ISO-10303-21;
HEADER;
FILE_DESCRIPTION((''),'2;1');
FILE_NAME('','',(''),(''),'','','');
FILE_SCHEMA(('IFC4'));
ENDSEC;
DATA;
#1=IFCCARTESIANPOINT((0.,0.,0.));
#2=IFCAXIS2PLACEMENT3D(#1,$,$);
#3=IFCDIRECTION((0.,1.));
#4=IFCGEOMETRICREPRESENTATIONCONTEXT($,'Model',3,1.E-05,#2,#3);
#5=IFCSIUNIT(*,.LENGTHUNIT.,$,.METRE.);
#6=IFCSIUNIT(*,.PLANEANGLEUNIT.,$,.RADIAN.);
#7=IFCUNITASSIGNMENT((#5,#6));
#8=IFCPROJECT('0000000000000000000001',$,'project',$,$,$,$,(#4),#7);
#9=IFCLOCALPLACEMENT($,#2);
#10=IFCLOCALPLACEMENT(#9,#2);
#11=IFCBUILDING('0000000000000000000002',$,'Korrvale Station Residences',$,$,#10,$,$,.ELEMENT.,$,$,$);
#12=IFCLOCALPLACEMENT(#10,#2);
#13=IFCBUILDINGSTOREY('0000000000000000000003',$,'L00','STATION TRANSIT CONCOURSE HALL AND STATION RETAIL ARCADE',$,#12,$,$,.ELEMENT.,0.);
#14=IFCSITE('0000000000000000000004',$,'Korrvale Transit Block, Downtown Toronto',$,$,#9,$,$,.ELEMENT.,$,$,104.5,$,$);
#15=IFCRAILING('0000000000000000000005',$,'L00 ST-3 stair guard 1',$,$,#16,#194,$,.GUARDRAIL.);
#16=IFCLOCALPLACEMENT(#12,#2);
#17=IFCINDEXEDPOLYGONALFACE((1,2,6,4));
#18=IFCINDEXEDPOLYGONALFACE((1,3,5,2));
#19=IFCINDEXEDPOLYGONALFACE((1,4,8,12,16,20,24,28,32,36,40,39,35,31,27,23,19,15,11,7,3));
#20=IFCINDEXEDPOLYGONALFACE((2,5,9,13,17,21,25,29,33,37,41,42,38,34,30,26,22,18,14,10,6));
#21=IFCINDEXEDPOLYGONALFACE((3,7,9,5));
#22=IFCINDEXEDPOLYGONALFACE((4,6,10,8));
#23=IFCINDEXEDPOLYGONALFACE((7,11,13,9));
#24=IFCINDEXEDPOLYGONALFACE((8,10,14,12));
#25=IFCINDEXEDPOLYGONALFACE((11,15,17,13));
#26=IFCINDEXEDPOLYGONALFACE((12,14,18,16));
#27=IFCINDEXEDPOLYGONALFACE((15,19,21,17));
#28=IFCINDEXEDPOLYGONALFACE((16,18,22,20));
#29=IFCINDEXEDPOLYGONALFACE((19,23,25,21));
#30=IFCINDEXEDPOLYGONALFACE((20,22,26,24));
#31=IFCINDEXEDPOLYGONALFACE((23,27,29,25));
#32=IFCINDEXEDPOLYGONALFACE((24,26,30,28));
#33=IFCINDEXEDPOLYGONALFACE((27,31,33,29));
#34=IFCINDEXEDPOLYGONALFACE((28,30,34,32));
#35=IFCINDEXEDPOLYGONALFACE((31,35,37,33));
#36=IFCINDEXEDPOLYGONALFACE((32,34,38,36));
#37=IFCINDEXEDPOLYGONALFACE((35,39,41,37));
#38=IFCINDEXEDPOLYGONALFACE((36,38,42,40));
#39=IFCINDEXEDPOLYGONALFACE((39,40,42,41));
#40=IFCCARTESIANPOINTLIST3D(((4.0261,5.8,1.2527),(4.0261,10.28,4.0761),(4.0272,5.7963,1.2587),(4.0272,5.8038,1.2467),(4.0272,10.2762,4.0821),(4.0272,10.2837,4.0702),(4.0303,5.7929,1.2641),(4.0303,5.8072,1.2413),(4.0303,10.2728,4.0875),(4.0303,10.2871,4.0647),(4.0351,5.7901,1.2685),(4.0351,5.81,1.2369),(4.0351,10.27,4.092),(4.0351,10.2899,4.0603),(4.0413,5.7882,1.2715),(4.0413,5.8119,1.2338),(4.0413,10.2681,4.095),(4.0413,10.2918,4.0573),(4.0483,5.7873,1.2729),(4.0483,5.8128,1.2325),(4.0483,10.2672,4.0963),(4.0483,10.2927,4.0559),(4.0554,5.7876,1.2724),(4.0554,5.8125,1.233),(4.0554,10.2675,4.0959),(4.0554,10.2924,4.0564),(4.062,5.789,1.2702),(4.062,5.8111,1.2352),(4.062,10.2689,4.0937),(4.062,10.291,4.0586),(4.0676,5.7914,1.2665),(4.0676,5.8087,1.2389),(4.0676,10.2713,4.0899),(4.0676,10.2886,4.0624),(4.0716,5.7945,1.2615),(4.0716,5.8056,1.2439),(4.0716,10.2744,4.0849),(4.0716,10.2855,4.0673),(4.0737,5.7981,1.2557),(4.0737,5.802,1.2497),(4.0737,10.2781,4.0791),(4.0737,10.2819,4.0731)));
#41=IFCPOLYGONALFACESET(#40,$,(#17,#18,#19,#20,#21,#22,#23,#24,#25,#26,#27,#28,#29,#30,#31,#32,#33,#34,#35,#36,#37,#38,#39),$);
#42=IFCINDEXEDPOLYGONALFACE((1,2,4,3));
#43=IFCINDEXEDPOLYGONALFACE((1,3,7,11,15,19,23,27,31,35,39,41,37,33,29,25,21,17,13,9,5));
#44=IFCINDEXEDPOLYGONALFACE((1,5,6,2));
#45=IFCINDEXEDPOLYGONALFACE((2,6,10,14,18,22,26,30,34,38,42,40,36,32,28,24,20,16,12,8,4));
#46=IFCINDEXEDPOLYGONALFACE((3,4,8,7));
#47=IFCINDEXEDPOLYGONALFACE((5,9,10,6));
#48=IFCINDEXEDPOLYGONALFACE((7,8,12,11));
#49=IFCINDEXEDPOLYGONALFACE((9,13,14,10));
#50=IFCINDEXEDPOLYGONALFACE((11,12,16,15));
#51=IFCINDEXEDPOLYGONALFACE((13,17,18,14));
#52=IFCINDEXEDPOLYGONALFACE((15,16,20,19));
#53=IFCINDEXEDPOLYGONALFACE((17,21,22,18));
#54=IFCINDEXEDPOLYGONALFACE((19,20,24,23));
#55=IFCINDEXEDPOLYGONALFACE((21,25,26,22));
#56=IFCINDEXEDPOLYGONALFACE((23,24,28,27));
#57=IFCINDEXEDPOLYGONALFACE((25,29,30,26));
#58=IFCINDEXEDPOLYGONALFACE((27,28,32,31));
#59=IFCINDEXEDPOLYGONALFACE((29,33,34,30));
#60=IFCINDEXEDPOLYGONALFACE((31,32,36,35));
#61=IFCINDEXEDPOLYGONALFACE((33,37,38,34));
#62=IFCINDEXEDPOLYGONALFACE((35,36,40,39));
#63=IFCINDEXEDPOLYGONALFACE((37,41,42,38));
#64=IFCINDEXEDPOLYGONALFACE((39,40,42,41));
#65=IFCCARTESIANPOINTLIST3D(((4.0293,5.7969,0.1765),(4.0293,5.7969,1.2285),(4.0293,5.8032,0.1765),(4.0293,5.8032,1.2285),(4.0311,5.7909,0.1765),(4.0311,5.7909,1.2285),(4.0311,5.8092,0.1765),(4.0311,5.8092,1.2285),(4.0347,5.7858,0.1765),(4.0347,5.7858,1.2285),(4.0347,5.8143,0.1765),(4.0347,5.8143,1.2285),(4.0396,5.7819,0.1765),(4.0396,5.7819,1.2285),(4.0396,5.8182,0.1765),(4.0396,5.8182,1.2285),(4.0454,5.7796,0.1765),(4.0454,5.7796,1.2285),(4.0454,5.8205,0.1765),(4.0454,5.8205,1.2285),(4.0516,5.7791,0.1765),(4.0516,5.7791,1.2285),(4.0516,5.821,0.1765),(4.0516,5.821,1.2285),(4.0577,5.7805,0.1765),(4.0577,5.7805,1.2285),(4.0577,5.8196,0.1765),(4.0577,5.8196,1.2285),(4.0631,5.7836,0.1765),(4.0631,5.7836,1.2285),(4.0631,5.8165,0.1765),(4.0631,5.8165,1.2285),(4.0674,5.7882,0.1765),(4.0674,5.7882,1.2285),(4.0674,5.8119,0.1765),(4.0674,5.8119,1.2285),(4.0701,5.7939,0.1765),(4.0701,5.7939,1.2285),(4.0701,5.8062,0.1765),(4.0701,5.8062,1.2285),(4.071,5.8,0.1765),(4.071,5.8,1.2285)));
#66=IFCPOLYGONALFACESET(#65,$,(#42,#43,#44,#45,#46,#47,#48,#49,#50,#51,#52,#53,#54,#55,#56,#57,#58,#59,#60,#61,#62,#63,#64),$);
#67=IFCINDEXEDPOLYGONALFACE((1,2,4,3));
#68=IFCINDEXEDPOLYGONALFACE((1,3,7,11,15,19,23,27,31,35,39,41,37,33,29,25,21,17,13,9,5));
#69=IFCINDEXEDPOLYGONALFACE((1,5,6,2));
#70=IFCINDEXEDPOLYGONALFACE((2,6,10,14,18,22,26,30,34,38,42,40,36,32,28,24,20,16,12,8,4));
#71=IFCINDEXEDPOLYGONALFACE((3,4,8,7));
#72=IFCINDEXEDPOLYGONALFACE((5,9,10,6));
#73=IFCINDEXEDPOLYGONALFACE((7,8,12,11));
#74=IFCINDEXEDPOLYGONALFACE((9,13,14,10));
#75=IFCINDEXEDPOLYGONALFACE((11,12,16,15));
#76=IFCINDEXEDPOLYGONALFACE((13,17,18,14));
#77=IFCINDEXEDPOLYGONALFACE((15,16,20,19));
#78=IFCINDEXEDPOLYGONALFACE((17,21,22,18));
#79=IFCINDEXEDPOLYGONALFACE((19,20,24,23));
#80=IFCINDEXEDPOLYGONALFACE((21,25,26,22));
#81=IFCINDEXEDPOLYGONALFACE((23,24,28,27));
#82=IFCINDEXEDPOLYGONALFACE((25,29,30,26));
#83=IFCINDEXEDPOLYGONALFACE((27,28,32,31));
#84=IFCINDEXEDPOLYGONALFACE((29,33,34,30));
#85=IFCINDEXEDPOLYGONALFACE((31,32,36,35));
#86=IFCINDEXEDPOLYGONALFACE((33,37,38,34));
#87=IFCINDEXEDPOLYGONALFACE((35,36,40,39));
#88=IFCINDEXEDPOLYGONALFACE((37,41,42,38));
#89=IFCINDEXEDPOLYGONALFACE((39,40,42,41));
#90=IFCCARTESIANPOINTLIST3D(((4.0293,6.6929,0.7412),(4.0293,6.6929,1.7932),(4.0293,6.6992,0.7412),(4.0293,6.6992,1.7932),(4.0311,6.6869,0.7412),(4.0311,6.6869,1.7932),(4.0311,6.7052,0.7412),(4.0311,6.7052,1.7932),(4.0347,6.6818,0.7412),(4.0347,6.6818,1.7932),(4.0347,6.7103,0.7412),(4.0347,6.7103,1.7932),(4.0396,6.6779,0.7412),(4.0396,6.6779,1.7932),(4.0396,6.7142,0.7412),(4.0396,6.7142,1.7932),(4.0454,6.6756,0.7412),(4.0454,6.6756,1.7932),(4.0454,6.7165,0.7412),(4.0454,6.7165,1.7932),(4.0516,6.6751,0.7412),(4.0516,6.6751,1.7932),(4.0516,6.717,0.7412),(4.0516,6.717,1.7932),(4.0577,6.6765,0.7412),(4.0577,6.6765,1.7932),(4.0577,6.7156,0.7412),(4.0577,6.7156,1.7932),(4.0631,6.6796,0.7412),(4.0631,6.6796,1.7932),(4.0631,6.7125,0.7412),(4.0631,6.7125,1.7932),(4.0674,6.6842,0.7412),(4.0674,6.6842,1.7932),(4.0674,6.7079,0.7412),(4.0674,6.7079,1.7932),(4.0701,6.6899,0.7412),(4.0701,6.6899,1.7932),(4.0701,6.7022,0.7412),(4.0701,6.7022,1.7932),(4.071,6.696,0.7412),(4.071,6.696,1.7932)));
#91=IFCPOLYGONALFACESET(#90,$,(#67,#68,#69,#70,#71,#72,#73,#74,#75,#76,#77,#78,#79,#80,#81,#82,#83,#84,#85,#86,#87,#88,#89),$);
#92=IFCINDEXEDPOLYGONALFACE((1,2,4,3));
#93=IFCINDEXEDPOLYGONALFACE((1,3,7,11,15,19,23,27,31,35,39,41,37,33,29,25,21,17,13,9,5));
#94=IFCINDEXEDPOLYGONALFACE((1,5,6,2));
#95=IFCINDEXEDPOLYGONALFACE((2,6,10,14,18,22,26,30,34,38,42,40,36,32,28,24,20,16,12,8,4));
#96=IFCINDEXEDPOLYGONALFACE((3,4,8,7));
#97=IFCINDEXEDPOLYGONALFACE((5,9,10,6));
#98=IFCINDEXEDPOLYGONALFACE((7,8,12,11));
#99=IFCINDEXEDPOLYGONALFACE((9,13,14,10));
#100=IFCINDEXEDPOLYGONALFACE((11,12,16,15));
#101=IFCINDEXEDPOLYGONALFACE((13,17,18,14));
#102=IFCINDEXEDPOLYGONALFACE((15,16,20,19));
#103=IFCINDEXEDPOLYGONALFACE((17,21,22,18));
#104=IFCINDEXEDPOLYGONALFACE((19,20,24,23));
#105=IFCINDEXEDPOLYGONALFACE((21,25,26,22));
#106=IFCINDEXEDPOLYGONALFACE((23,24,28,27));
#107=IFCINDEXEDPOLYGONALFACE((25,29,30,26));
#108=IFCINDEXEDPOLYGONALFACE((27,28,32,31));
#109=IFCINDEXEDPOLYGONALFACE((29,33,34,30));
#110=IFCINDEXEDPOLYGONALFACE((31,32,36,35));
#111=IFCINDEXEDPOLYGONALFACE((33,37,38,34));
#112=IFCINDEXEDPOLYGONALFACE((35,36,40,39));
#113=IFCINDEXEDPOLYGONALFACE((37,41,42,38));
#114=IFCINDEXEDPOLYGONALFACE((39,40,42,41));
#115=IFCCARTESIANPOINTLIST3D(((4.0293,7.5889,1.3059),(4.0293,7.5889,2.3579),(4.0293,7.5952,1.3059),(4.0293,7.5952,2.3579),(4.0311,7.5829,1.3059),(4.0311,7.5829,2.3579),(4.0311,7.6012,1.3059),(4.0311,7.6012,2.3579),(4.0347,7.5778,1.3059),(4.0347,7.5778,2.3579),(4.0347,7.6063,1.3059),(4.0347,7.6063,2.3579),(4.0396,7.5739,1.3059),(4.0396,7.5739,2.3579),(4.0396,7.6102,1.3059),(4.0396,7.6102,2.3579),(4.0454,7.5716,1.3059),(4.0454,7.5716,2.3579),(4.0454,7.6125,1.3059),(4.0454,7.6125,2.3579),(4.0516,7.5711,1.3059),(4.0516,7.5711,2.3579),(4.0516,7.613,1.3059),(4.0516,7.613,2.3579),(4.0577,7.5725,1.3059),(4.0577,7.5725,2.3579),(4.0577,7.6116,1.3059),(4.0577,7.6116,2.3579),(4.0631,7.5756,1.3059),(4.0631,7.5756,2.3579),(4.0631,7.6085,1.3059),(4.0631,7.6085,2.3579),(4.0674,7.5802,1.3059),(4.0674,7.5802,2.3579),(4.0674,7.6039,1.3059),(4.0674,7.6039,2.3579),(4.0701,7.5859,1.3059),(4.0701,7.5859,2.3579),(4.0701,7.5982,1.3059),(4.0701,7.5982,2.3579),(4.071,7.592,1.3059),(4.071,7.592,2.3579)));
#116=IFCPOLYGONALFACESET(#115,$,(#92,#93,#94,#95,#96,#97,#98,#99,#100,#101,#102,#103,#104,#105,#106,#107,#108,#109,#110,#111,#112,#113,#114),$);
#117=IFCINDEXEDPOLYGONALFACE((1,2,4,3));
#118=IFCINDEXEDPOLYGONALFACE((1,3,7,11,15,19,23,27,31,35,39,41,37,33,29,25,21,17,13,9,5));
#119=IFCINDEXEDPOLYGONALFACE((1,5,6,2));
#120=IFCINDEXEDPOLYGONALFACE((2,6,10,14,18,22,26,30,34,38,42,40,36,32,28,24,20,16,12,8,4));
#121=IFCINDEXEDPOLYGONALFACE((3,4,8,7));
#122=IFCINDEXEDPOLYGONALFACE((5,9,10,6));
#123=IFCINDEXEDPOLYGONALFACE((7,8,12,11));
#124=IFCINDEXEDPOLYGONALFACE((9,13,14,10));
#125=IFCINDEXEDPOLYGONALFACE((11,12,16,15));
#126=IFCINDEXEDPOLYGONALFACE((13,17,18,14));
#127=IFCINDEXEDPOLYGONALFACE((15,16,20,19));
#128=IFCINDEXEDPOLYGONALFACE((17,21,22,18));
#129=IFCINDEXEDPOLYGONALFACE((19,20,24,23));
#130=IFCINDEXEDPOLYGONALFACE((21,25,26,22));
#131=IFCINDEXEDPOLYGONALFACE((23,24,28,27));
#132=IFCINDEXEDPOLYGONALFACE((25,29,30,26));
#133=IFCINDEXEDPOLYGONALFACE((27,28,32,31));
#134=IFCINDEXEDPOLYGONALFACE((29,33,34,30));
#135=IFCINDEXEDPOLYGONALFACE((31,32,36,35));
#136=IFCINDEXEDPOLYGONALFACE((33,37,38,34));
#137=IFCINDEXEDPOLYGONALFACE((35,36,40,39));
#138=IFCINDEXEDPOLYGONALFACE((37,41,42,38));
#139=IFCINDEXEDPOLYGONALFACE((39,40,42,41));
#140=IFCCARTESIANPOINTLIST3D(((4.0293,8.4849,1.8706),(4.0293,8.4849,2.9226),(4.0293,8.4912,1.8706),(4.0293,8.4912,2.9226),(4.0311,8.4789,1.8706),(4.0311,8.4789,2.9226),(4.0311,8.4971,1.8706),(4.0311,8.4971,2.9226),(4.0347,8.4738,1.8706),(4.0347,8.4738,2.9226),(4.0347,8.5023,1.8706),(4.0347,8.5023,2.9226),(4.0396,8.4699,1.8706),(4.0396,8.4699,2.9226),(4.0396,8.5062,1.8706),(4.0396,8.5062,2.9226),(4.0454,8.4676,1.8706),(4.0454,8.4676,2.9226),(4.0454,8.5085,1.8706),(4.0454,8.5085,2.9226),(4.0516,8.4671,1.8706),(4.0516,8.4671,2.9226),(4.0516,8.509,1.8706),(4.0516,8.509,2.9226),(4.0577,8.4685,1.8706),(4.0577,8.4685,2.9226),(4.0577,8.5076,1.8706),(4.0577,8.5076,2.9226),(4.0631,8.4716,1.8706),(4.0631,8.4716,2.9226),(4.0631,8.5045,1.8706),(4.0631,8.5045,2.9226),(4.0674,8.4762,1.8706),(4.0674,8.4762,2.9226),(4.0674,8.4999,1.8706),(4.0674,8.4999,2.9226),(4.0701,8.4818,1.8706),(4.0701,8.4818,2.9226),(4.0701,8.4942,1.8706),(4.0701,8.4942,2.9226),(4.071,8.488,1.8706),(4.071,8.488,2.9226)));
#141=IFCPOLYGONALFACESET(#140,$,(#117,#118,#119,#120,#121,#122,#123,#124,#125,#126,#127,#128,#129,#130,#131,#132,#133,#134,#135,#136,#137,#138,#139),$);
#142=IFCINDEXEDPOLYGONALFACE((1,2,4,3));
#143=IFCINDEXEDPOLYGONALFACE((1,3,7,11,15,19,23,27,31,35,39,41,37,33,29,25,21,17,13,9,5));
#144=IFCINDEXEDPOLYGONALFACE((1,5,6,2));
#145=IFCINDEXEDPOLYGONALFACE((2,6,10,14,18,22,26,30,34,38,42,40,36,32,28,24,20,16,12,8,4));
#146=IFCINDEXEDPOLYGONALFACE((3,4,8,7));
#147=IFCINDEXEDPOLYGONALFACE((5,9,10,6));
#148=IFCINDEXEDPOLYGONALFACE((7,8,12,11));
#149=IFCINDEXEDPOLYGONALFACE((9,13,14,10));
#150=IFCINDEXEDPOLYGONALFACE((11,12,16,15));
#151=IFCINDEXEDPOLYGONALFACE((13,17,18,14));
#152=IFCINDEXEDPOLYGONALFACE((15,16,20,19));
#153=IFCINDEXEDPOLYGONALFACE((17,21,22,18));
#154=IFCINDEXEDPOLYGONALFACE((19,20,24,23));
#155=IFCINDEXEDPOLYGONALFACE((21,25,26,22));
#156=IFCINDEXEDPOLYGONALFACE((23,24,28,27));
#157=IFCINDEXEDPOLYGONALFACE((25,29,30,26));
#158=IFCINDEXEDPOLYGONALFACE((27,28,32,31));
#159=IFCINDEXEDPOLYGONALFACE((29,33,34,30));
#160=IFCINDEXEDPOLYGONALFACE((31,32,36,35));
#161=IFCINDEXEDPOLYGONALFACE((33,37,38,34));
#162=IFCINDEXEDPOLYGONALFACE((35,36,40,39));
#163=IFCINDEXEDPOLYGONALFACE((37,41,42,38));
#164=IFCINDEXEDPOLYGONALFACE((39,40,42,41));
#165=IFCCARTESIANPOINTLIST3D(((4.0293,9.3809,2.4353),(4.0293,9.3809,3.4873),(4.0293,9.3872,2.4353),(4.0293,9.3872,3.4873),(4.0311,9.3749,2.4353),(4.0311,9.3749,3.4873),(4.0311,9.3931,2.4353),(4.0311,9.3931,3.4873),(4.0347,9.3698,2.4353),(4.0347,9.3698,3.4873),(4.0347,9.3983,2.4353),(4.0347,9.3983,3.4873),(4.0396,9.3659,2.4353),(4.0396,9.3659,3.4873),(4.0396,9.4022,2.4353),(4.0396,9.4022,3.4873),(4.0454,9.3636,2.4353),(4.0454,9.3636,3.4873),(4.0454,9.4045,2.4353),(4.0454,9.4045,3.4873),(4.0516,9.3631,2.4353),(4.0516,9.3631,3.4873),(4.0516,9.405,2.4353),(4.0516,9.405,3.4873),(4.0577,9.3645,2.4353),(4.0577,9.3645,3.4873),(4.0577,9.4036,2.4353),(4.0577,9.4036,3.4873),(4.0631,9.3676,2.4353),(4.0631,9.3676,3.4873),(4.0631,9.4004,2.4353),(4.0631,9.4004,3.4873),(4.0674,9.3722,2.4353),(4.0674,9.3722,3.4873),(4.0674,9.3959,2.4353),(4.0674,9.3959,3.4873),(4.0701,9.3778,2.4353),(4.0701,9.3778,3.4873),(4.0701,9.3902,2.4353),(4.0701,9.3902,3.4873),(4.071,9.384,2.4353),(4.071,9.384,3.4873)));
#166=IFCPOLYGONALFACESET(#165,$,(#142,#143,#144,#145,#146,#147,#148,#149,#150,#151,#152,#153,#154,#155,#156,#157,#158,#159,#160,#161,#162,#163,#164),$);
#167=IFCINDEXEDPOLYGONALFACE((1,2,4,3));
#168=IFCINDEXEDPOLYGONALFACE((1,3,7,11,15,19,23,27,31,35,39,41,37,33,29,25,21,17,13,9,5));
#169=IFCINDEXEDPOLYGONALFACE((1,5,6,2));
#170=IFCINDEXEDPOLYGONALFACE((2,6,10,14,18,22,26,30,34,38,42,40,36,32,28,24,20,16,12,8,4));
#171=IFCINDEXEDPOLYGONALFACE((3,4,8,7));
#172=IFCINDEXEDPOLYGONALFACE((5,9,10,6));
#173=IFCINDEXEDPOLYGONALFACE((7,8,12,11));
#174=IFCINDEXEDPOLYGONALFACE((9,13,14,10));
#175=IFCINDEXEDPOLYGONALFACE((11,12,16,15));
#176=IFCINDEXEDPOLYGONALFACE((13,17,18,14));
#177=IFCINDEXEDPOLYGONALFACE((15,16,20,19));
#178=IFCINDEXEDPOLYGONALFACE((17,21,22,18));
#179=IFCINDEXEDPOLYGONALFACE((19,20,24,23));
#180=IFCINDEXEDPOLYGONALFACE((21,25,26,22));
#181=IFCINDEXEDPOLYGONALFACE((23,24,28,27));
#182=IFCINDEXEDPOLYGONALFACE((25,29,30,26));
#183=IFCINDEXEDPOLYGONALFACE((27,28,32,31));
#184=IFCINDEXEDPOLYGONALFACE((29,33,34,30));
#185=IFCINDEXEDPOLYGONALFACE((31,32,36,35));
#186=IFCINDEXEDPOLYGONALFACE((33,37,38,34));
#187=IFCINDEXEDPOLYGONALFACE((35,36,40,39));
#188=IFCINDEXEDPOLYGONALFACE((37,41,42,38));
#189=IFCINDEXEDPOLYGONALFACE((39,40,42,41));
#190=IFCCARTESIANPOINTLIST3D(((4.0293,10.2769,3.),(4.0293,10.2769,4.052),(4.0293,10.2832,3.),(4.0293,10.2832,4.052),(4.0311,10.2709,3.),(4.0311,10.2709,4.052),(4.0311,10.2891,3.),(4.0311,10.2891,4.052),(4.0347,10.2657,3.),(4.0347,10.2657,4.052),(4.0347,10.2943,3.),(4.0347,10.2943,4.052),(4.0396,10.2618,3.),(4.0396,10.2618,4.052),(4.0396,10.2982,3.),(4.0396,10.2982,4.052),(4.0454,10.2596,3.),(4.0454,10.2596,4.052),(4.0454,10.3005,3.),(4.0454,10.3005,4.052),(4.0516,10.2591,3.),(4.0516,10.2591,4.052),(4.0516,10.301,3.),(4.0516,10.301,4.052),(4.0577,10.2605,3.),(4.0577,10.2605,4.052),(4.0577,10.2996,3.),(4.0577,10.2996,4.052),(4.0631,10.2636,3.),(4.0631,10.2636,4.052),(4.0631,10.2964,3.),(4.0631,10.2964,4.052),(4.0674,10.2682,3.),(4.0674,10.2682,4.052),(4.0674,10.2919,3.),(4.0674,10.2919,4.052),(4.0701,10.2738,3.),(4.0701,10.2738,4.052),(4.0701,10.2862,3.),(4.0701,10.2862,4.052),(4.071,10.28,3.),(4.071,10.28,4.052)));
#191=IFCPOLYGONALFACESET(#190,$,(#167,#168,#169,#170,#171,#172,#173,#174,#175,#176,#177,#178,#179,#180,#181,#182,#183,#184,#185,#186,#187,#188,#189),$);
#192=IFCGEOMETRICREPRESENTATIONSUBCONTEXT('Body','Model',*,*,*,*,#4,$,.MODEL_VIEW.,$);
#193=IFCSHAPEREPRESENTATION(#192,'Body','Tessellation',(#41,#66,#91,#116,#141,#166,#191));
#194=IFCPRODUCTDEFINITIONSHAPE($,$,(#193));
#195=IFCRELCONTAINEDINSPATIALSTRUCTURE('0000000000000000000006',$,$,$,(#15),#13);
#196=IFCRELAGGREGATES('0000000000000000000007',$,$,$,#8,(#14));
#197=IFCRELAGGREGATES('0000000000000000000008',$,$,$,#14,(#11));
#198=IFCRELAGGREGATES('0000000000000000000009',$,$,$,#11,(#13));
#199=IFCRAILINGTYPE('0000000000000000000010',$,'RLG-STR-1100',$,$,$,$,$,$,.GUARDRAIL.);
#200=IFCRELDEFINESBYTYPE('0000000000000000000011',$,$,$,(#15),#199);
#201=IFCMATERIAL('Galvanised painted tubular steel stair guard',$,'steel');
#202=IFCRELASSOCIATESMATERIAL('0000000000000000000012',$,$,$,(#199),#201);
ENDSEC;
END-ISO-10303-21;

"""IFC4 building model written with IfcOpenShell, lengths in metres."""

from ifc_helpers import new_model, si_unit, direction, frame, origin, origin_2d, place, context, subcontext, project, spatial, circle, extrude, material, type_object, element, save


model = new_model("IFC4")

# Units and contexts
model_context = context("Model", 3, precision=1e-05, world=origin(), true_north=direction((0.0, 1.0)))
body_context = subcontext(model_context, "Body", "Model", "MODEL_VIEW")
ifc_project = project(units=[si_unit("LENGTHUNIT", "METRE"), si_unit("PLANEANGLEUNIT", "RADIAN")], contexts=[model_context])

# Site, building, storey
site_placement = place(None, origin())
site = spatial("IfcSite", under=ifc_project, at=site_placement, Name="Korrvale Transit Block, Downtown Toronto", CompositionType="ELEMENT", RefElevation=104.5)
building_placement = place(site_placement, origin())
building = spatial("IfcBuilding", under=site, at=building_placement, Name="Korrvale Station Residences", CompositionType="ELEMENT")
storey_placement = place(building_placement, origin())
storey = spatial("IfcBuildingStorey", under=building, at=storey_placement, Name="L00", Description="STATION TRANSIT CONCOURSE HALL AND STATION RETAIL ARCADE", CompositionType="ELEMENT", Elevation=0.0)

# Railing
ifc_material_1 = material(Name="Galvanised painted tubular steel stair guard", Category="steel")
railing_type = type_object("IfcRailingType", Name="RLG-STR-1100", PredefinedType="GUARDRAIL", material=ifc_material_1)
railing_1_placement = place(storey_placement, frame((4.05, 5.8, 0.1765)))
element("IfcRailing", 1, at=railing_1_placement, inside=storey, type_object=railing_type, Name="L00 ST-3 stair guard 1", PredefinedType="GUARDRAIL", context=body_context, shape_type="SweptSolid", body=[
    extrude(circle(Radius=0.0239, at=origin_2d()), frame((0.0, 0.0, 1.0762), z_axis=(0.0, 0.845998, 0.533186), x_axis=(-1.0, 0.0, 0.0)), (0.0, 0.0, 1.0), 5.2954),
    extrude(circle(Radius=0.021, at=origin_2d()), origin(), (0.0, 0.0, 1.0), 1.052),
    extrude(circle(Radius=0.021, at=origin_2d()), frame((0.0, 0.896, 0.5647)), (0.0, 0.0, 1.0), 1.052),
    extrude(circle(Radius=0.021, at=origin_2d()), frame((0.0, 1.792, 1.1294)), (0.0, 0.0, 1.0), 1.052),
    extrude(circle(Radius=0.021, at=origin_2d()), frame((0.0, 2.688, 1.6941)), (0.0, 0.0, 1.0), 1.052),
    extrude(circle(Radius=0.021, at=origin_2d()), frame((0.0, 3.584, 2.2588)), (0.0, 0.0, 1.0), 1.052),
    extrude(circle(Radius=0.021, at=origin_2d()), frame((0.0, 4.48, 2.8235)), (0.0, 0.0, 1.0), 1.052),
])

save(model, "model.ifc")
